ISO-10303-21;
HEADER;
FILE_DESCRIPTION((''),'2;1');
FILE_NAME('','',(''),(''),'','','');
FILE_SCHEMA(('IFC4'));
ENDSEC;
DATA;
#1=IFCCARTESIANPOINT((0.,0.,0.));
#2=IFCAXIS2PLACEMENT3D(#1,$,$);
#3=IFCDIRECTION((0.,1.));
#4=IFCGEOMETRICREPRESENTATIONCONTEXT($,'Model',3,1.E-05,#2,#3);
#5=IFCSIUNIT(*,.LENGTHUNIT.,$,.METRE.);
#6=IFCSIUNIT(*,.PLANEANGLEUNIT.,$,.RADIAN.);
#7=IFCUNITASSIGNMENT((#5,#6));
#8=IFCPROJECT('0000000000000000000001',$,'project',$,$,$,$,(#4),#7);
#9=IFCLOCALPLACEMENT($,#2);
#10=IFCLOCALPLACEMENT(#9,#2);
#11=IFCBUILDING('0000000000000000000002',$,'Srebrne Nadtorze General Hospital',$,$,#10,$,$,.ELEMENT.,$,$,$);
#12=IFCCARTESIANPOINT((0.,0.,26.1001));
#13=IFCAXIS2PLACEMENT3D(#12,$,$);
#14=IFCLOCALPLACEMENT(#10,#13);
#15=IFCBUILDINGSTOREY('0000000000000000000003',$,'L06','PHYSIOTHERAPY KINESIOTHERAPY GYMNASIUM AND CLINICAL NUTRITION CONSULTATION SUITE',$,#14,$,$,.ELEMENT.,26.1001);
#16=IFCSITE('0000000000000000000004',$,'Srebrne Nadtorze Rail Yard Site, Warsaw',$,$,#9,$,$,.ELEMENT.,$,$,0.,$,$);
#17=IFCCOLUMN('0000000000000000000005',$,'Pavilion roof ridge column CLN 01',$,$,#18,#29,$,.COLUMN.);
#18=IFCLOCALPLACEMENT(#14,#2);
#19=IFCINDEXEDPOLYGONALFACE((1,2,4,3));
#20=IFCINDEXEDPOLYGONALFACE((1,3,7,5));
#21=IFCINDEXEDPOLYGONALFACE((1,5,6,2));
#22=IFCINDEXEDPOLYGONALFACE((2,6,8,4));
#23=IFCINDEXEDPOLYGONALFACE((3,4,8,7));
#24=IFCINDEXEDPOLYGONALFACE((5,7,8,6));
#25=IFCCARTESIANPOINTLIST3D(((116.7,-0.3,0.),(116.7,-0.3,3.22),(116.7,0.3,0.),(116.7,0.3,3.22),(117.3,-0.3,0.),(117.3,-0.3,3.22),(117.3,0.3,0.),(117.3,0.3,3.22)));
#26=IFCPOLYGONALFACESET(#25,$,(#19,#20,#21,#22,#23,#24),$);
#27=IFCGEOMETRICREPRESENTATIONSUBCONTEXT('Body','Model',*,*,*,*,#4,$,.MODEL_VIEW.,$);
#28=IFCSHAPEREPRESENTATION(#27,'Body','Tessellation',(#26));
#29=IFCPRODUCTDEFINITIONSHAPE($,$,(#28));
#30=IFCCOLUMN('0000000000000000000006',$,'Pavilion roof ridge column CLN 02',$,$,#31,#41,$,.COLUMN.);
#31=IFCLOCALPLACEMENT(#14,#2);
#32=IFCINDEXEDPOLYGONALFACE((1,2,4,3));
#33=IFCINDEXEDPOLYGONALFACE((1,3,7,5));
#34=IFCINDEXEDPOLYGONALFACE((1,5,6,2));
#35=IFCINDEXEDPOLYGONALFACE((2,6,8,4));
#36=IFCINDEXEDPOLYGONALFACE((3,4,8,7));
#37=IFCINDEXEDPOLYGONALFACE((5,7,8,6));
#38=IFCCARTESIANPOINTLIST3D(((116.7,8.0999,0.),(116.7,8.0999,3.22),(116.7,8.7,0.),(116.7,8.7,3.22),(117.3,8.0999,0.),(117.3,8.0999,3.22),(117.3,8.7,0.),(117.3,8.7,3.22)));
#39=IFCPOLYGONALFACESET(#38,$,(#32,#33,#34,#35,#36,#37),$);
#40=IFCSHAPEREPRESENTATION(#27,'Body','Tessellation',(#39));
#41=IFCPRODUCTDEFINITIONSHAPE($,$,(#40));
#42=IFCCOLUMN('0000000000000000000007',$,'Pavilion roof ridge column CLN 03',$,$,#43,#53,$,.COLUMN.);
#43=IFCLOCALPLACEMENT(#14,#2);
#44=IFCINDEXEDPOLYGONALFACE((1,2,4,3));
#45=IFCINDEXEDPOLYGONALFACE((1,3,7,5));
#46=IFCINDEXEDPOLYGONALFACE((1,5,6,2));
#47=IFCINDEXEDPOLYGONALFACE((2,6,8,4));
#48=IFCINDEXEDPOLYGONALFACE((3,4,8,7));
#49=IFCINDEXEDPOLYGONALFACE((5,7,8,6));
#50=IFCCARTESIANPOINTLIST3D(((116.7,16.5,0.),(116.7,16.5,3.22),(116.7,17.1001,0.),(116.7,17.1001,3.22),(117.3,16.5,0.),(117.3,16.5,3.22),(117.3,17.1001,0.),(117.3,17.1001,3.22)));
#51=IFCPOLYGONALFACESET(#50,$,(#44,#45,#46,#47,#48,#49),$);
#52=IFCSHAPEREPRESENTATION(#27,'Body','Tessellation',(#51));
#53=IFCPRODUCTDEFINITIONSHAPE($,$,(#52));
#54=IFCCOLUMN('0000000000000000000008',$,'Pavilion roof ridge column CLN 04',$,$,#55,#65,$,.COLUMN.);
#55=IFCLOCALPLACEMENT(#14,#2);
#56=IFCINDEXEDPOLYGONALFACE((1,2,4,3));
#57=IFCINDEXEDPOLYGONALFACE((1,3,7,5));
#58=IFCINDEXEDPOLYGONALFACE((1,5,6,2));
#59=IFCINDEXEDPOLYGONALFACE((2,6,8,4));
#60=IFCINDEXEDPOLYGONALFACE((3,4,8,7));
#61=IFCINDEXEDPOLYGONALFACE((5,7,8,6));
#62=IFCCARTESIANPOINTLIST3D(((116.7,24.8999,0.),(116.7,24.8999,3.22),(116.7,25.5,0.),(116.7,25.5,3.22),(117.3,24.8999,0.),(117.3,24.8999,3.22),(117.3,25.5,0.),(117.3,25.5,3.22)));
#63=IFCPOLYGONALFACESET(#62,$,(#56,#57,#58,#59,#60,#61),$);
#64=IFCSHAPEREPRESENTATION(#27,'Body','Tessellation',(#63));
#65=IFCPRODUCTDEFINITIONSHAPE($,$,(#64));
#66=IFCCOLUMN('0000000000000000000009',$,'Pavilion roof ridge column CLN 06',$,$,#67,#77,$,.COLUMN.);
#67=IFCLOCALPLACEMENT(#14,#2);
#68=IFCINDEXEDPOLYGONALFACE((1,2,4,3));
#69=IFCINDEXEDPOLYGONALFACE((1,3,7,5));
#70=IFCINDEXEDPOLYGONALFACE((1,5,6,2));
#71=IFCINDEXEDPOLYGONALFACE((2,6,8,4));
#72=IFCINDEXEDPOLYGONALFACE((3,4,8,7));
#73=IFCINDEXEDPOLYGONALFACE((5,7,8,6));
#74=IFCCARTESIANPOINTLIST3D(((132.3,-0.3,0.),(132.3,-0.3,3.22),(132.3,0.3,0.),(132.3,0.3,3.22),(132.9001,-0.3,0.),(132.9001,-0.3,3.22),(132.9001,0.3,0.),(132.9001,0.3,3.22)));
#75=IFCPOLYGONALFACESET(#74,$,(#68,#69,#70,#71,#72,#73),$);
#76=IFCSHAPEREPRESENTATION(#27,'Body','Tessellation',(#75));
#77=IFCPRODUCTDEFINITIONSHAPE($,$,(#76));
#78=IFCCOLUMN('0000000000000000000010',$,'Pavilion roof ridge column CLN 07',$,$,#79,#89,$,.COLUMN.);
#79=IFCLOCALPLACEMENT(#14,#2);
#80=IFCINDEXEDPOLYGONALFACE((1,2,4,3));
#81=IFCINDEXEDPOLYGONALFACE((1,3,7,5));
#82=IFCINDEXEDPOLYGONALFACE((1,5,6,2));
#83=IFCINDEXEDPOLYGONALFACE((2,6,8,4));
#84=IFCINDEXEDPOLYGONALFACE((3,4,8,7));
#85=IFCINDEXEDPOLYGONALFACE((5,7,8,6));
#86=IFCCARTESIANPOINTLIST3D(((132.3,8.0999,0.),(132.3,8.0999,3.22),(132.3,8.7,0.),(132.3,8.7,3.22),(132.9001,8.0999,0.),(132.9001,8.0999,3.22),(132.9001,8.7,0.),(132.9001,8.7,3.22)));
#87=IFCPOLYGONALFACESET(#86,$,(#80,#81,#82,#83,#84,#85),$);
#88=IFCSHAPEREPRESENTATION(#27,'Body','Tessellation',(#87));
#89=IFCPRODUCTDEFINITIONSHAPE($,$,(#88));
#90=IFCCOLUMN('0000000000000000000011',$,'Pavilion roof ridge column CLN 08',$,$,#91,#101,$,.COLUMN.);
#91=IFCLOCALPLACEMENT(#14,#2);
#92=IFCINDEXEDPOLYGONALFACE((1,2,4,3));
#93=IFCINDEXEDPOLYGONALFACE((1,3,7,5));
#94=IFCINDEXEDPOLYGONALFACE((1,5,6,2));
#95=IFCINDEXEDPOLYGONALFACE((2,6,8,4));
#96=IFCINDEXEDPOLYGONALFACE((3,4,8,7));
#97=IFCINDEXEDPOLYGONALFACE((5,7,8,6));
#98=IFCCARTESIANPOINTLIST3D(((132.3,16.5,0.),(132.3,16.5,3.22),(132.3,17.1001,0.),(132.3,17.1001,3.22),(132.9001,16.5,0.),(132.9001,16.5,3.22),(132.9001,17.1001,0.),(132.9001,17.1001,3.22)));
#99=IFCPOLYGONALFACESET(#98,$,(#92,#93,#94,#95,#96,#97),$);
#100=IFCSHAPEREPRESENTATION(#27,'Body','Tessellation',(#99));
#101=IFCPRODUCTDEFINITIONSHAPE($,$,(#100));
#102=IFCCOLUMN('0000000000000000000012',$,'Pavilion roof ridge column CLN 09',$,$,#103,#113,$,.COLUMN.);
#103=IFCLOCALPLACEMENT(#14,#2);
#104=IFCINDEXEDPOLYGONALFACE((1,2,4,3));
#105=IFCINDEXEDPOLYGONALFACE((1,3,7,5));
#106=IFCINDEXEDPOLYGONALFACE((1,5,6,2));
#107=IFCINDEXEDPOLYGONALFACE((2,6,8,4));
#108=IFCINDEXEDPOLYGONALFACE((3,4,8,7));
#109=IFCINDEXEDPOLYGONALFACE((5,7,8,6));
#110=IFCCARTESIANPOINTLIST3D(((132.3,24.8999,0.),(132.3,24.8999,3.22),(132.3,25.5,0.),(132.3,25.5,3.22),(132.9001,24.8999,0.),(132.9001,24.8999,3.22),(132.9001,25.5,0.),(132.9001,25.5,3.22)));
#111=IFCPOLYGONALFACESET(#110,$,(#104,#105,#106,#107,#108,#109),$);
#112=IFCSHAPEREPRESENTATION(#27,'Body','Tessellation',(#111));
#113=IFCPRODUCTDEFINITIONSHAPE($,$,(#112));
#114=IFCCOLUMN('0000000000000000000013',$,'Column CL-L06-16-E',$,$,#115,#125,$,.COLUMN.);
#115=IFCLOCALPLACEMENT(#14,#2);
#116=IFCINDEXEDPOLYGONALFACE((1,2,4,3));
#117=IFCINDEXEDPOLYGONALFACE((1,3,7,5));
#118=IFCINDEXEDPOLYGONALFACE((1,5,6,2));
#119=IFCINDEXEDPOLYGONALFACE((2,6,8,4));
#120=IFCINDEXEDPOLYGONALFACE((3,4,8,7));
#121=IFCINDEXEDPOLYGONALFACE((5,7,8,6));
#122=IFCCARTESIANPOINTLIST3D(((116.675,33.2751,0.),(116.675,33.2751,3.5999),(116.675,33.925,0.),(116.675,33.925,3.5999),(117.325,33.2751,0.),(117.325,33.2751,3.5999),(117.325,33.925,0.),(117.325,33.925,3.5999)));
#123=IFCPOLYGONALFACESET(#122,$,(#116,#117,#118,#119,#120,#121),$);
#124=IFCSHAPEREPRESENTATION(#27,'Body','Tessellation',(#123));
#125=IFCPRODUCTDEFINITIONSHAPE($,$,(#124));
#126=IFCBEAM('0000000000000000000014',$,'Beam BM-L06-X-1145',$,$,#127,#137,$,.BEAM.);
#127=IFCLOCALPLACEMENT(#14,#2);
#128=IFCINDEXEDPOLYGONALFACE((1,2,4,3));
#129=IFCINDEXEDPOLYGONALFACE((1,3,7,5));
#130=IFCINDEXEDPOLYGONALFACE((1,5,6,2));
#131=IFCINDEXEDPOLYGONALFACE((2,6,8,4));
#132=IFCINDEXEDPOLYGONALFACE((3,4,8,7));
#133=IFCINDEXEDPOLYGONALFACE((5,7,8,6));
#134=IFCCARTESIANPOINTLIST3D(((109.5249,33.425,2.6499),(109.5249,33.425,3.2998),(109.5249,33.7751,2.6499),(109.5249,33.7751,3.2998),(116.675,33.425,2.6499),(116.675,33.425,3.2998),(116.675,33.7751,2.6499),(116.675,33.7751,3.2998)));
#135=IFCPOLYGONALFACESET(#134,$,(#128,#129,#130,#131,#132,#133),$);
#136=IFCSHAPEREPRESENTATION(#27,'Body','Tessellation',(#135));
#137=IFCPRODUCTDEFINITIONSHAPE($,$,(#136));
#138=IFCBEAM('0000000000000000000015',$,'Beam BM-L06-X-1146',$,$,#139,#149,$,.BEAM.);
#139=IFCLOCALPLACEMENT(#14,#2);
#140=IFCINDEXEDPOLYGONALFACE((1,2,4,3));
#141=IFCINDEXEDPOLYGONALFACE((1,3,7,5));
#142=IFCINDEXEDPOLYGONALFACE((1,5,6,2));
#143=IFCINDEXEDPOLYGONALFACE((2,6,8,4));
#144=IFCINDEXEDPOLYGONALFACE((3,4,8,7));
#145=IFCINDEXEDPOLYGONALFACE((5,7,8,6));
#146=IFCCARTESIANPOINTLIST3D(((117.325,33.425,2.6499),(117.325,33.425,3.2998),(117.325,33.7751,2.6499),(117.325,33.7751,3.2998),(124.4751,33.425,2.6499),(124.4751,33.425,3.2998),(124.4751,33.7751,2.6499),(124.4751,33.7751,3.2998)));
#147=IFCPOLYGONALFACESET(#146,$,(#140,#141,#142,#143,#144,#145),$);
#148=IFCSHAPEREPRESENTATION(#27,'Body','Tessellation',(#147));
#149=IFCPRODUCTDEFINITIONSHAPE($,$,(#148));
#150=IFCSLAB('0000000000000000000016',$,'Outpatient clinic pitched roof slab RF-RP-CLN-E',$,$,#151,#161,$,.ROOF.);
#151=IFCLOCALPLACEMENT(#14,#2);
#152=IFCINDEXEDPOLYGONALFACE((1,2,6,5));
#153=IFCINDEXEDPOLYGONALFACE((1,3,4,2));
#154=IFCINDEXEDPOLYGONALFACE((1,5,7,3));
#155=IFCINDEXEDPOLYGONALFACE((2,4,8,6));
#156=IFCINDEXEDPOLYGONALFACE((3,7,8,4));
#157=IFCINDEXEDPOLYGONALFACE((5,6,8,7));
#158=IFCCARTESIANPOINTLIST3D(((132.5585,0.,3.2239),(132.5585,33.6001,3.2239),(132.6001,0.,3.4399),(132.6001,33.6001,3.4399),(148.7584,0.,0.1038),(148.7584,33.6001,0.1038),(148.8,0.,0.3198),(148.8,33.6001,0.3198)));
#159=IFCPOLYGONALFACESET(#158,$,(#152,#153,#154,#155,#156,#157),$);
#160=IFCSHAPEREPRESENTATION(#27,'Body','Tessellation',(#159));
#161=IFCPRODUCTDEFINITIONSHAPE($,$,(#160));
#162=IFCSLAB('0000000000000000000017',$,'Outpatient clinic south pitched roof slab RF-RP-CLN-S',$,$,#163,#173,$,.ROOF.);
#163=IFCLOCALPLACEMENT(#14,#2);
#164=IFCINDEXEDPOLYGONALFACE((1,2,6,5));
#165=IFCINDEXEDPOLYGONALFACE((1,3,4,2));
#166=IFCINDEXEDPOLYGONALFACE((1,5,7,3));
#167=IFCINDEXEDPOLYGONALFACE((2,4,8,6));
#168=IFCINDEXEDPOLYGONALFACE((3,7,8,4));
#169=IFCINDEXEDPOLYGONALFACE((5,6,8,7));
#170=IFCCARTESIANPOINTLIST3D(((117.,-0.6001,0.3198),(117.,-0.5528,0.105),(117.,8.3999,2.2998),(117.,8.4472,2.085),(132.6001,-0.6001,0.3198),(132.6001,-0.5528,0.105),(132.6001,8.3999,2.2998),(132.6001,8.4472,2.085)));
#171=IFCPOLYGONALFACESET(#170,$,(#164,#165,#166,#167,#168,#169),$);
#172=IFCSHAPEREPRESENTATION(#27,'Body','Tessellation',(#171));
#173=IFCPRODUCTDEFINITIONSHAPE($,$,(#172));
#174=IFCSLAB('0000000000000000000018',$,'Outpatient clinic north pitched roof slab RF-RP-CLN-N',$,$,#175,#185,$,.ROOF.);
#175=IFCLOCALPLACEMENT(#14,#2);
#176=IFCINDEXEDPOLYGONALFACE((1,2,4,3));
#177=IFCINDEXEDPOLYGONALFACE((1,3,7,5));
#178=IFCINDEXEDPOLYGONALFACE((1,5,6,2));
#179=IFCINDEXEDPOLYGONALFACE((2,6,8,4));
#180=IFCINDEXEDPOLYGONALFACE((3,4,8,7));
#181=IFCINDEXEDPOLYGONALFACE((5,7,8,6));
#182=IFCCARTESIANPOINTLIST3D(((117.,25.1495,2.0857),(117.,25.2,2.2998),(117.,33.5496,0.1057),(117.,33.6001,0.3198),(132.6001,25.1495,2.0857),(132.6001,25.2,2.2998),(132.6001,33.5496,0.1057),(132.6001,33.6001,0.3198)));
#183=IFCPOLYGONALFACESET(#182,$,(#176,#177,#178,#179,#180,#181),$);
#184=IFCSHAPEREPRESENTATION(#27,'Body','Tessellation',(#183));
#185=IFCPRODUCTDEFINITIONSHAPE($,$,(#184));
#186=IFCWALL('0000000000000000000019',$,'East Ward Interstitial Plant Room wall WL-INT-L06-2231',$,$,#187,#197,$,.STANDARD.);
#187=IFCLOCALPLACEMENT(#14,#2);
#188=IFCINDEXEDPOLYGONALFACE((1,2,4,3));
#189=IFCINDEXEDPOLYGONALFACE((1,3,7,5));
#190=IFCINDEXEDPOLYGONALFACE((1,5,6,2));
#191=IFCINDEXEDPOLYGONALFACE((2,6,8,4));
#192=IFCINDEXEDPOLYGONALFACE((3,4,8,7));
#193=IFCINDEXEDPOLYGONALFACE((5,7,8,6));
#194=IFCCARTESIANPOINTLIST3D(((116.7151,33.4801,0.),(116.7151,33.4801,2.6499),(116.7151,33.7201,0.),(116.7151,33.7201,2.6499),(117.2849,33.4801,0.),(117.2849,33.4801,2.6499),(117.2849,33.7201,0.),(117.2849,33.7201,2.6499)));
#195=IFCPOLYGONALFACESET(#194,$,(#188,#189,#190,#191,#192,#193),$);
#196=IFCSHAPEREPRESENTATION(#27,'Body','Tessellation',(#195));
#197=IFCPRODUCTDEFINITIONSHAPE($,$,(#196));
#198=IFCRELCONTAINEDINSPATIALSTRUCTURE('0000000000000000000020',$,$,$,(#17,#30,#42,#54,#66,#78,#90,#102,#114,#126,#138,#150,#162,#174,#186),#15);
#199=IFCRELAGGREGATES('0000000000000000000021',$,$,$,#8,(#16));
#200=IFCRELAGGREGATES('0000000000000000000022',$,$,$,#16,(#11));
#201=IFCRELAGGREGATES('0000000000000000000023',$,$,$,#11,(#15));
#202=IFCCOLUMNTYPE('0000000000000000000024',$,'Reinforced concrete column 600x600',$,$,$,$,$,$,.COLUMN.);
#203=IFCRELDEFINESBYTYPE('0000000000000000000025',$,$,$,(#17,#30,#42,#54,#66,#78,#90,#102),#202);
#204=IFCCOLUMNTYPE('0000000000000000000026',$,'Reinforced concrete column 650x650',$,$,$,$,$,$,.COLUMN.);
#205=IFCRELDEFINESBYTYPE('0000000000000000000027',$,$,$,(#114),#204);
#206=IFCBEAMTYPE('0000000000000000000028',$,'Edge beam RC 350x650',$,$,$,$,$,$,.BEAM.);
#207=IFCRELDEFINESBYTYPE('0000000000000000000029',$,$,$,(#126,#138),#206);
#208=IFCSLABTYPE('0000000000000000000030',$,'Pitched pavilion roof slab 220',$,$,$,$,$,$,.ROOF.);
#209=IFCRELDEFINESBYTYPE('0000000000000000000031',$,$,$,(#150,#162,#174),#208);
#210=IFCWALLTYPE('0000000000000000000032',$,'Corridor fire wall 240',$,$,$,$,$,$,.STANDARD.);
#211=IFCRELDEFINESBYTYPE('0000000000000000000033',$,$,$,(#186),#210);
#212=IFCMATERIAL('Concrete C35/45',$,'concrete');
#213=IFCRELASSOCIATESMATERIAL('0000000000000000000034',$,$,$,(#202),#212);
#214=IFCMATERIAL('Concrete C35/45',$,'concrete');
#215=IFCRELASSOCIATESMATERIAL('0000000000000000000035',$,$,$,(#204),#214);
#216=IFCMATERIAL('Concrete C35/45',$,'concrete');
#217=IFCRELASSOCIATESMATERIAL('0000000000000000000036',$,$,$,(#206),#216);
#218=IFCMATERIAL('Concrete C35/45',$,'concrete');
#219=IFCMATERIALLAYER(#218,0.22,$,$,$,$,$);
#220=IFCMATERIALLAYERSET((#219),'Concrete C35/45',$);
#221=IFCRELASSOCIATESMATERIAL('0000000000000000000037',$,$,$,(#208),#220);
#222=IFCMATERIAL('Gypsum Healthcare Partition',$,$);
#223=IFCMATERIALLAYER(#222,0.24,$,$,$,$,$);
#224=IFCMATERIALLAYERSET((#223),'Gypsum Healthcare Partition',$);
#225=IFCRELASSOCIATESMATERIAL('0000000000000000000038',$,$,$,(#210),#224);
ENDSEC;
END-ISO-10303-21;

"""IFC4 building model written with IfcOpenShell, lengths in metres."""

from ifc_helpers import new_model, si_unit, direction, frame, frame_2d, origin, origin_2d, place, context, subcontext, project, spatial, polyline, rectangle, outline, extrude, material, layer, layer_set, material_profile, profile_set, type_object, element, save


model = new_model("IFC4")

# Units and contexts
model_context = context("Model", 3, precision=1e-05, world=origin(), true_north=direction((0.0, 1.0)))
body_context = subcontext(model_context, "Body", "Model", "MODEL_VIEW")
ifc_project = project(units=[si_unit("LENGTHUNIT", "METRE"), si_unit("PLANEANGLEUNIT", "RADIAN")], contexts=[model_context])

# Site, building, storey
site_placement = place(None, origin())
site = spatial("IfcSite", under=ifc_project, at=site_placement, Name="Srebrne Nadtorze Rail Yard Site, Warsaw", CompositionType="ELEMENT", RefElevation=0.0)
building_placement = place(site_placement, origin())
building = spatial("IfcBuilding", under=site, at=building_placement, Name="Srebrne Nadtorze General Hospital", CompositionType="ELEMENT")
storey_placement = place(building_placement, frame((0.0, 0.0, 26.1001)))
storey = spatial("IfcBuildingStorey", under=building, at=storey_placement, Name="L06", Description="PHYSIOTHERAPY KINESIOTHERAPY GYMNASIUM AND CLINICAL NUTRITION CONSULTATION SUITE", CompositionType="ELEMENT", Elevation=26.1001)

# Columns
ifc_material_1 = material(Name="Concrete C35/45", Category="concrete")
ifc_material_profile_1 = material_profile(ifc_material_1, rectangle(XDim=0.6001, YDim=0.6001, at=origin_2d()), Name="RC-COL-600x600")
ifc_profile_set_1 = profile_set([ifc_material_profile_1], Name="Concrete C35/45")
column_type_1 = type_object("IfcColumnType", Name="Reinforced concrete column 600x600", PredefinedType="COLUMN", material=ifc_profile_set_1)
for number, where, z_axis, x_axis, name in (
    (1, (117.0, 0.0, 0.0), (0.0, 0.0, 1.0), (1.0, 0.0, 0.0), "Pavilion roof ridge column CLN 01"),
    (2, (117.0, 8.3999, 0.0), (0.0, 0.0, 1.0), (1.0, 0.0, 0.0), "Pavilion roof ridge column CLN 02"),
    (3, (117.0, 16.8, 0.0), (0.0, 0.0, 1.0), (1.0, 0.0, 0.0), "Pavilion roof ridge column CLN 03"),
    (4, (117.0, 25.2, 0.0), (0.0, 0.0, 1.0), (1.0, 0.0, 0.0), "Pavilion roof ridge column CLN 04"),
    (5, (132.6001, 0.0, 0.0), (0.0, 0.0, 1.0), (1.0, 0.0, 0.0), "Pavilion roof ridge column CLN 06"),
    (6, (132.6001, 8.3999, 0.0), (0.0, 0.0, 1.0), (1.0, 0.0, 0.0), "Pavilion roof ridge column CLN 07"),
    (7, (132.6001, 16.8, 0.0), (0.0, 0.0, 1.0), (1.0, 0.0, 0.0), "Pavilion roof ridge column CLN 08"),
    (8, (132.6001, 25.2, 0.0), (0.0, 0.0, 1.0), (1.0, 0.0, 0.0), "Pavilion roof ridge column CLN 09"),
):
    element("IfcColumn", number, at=place(storey_placement, frame(where, z_axis=z_axis, x_axis=x_axis)), inside=storey, type_object=column_type_1, Name=name, PredefinedType="COLUMN", context=body_context, shape_type="SweptSolid", body=[
        extrude(rectangle(XDim=0.6001, YDim=0.6001, at=origin_2d()), origin(), (0.0, 0.0, 1.0), 3.22),
    ])
ifc_material_2 = material(Name="Concrete C35/45", Category="concrete")
ifc_material_profile_2 = material_profile(ifc_material_2, rectangle(XDim=0.6499, YDim=0.6499, at=origin_2d()), Name="RC-COL-650x650")
ifc_profile_set_2 = profile_set([ifc_material_profile_2], Name="Concrete C35/45")
column_type_2 = type_object("IfcColumnType", Name="Reinforced concrete column 650x650", PredefinedType="COLUMN", material=ifc_profile_set_2)
column_placement = place(storey_placement, frame((117.0, 33.6001, 0.0), z_axis=(0.0, 0.0, 1.0), x_axis=(1.0, 0.0, 0.0)))
element("IfcColumn", 9, at=column_placement, inside=storey, type_object=column_type_2, Name="Column CL-L06-16-E", PredefinedType="COLUMN", context=body_context, shape_type="SweptSolid", body=[
    extrude(rectangle(XDim=0.6499, YDim=0.6499, at=origin_2d()), origin(), (0.0, 0.0, 1.0), 3.5999),
])

# Beams
ifc_material_3 = material(Name="Concrete C35/45", Category="concrete")
ifc_material_profile_3 = material_profile(ifc_material_3, rectangle(XDim=0.3501, YDim=0.6499, at=origin_2d()), Name="RC-BM-350x650")
ifc_profile_set_3 = profile_set([ifc_material_profile_3], Name="Concrete C35/45")
beam_type = type_object("IfcBeamType", Name="Edge beam RC 350x650", PredefinedType="BEAM", material=ifc_profile_set_3)
for number, where, z_axis, x_axis, name in (
    (10, (109.5249, 33.6001, 2.9749), (1.0, 0.0, 0.0), (0.0, 1.0, 0.0), "Beam BM-L06-X-1145"),
    (11, (117.325, 33.6001, 2.9749), (1.0, 0.0, 0.0), (0.0, 1.0, 0.0), "Beam BM-L06-X-1146"),
):
    element("IfcBeam", number, at=place(storey_placement, frame(where, z_axis=z_axis, x_axis=x_axis)), inside=storey, type_object=beam_type, Name=name, PredefinedType="BEAM", context=body_context, shape_type="SweptSolid", body=[
        extrude(rectangle(XDim=0.3501, YDim=0.6499, at=origin_2d()), origin(), (0.0, 0.0, 1.0), 7.1501),
    ])

# Slabs
ifc_material_4 = material(Name="Concrete C35/45", Category="concrete")
ifc_layer_1 = layer(ifc_material_4, 0.22)
ifc_layer_set_1 = layer_set([ifc_layer_1], Name="Concrete C35/45")
slab_type = type_object("IfcSlabType", Name="Pitched pavilion roof slab 220", PredefinedType="ROOF", material=ifc_layer_set_1)
slab_1_placement = place(storey_placement, frame((132.6001, 0.0, 3.4399), z_axis=(0.189125, 0.0, 0.981953), x_axis=(0.981953, 0.0, -0.189125)))
element("IfcSlab", 12, at=slab_1_placement, inside=storey, type_object=slab_type, Name="Outpatient clinic pitched roof slab RF-RP-CLN-E", PredefinedType="ROOF", context=body_context, shape_type="SweptSolid", body=[
    extrude(outline(polyline([(0.0, 0.0), (16.4977, 0.0), (16.4977, 33.6001), (0.0, 33.6001), (0.0, 0.0)])), origin(), (0.0, 0.0, -1.0), 0.22),
])
slab_2_placement = place(storey_placement, frame((117.0, -0.6001, 0.3198), z_axis=(0.0, -0.21486, 0.976645), x_axis=(1.0, 0.0, 0.0)))
element("IfcSlab", 13, at=slab_2_placement, inside=storey, type_object=slab_type, Name="Outpatient clinic south pitched roof slab RF-RP-CLN-S", PredefinedType="ROOF", context=body_context, shape_type="SweptSolid", body=[
    extrude(outline(polyline([(0.0, 0.0), (15.6001, 0.0), (15.6001, 9.2152), (0.0, 9.2152), (0.0, 0.0)])), origin(), (0.0, 0.0, -1.0), 0.22),
])
slab_3_placement = place(storey_placement, frame((117.0, 25.2, 2.2998), z_axis=(0.0, 0.229421, 0.973327), x_axis=(1.0, 0.0, 0.0)))
element("IfcSlab", 14, at=slab_3_placement, inside=storey, type_object=slab_type, Name="Outpatient clinic north pitched roof slab RF-RP-CLN-N", PredefinedType="ROOF", context=body_context, shape_type="SweptSolid", body=[
    extrude(outline(polyline([(0.0, 0.0), (15.6001, 0.0), (15.6001, 8.6303), (0.0, 8.6303), (0.0, 0.0)])), origin(), (0.0, 0.0, -1.0), 0.22),
])

# Wall
ifc_material_5 = material(Name="Gypsum Healthcare Partition")
ifc_layer_2 = layer(ifc_material_5, 0.24)
ifc_layer_set_2 = layer_set([ifc_layer_2], Name="Gypsum Healthcare Partition")
wall_type_1 = type_object("IfcWallType", Name="Corridor fire wall 240", PredefinedType="STANDARD", material=ifc_layer_set_2)
wall_1_placement = place(storey_placement, frame((116.7151, 33.6001, 0.0), z_axis=(0.0, 0.0, 1.0), x_axis=(1.0, 0.0, 0.0)))
element("IfcWall", 15, at=wall_1_placement, inside=storey, type_object=wall_type_1, Name="East Ward Interstitial Plant Room wall WL-INT-L06-2231", PredefinedType="STANDARD", context=body_context, shape_type="SweptSolid", body=[
    extrude(rectangle(XDim=0.5698, YDim=0.24, at=frame_2d((0.2849, 0.0))), origin(), (0.0, 0.0, 1.0), 2.6499),
])

save(model, "model.ifc")
